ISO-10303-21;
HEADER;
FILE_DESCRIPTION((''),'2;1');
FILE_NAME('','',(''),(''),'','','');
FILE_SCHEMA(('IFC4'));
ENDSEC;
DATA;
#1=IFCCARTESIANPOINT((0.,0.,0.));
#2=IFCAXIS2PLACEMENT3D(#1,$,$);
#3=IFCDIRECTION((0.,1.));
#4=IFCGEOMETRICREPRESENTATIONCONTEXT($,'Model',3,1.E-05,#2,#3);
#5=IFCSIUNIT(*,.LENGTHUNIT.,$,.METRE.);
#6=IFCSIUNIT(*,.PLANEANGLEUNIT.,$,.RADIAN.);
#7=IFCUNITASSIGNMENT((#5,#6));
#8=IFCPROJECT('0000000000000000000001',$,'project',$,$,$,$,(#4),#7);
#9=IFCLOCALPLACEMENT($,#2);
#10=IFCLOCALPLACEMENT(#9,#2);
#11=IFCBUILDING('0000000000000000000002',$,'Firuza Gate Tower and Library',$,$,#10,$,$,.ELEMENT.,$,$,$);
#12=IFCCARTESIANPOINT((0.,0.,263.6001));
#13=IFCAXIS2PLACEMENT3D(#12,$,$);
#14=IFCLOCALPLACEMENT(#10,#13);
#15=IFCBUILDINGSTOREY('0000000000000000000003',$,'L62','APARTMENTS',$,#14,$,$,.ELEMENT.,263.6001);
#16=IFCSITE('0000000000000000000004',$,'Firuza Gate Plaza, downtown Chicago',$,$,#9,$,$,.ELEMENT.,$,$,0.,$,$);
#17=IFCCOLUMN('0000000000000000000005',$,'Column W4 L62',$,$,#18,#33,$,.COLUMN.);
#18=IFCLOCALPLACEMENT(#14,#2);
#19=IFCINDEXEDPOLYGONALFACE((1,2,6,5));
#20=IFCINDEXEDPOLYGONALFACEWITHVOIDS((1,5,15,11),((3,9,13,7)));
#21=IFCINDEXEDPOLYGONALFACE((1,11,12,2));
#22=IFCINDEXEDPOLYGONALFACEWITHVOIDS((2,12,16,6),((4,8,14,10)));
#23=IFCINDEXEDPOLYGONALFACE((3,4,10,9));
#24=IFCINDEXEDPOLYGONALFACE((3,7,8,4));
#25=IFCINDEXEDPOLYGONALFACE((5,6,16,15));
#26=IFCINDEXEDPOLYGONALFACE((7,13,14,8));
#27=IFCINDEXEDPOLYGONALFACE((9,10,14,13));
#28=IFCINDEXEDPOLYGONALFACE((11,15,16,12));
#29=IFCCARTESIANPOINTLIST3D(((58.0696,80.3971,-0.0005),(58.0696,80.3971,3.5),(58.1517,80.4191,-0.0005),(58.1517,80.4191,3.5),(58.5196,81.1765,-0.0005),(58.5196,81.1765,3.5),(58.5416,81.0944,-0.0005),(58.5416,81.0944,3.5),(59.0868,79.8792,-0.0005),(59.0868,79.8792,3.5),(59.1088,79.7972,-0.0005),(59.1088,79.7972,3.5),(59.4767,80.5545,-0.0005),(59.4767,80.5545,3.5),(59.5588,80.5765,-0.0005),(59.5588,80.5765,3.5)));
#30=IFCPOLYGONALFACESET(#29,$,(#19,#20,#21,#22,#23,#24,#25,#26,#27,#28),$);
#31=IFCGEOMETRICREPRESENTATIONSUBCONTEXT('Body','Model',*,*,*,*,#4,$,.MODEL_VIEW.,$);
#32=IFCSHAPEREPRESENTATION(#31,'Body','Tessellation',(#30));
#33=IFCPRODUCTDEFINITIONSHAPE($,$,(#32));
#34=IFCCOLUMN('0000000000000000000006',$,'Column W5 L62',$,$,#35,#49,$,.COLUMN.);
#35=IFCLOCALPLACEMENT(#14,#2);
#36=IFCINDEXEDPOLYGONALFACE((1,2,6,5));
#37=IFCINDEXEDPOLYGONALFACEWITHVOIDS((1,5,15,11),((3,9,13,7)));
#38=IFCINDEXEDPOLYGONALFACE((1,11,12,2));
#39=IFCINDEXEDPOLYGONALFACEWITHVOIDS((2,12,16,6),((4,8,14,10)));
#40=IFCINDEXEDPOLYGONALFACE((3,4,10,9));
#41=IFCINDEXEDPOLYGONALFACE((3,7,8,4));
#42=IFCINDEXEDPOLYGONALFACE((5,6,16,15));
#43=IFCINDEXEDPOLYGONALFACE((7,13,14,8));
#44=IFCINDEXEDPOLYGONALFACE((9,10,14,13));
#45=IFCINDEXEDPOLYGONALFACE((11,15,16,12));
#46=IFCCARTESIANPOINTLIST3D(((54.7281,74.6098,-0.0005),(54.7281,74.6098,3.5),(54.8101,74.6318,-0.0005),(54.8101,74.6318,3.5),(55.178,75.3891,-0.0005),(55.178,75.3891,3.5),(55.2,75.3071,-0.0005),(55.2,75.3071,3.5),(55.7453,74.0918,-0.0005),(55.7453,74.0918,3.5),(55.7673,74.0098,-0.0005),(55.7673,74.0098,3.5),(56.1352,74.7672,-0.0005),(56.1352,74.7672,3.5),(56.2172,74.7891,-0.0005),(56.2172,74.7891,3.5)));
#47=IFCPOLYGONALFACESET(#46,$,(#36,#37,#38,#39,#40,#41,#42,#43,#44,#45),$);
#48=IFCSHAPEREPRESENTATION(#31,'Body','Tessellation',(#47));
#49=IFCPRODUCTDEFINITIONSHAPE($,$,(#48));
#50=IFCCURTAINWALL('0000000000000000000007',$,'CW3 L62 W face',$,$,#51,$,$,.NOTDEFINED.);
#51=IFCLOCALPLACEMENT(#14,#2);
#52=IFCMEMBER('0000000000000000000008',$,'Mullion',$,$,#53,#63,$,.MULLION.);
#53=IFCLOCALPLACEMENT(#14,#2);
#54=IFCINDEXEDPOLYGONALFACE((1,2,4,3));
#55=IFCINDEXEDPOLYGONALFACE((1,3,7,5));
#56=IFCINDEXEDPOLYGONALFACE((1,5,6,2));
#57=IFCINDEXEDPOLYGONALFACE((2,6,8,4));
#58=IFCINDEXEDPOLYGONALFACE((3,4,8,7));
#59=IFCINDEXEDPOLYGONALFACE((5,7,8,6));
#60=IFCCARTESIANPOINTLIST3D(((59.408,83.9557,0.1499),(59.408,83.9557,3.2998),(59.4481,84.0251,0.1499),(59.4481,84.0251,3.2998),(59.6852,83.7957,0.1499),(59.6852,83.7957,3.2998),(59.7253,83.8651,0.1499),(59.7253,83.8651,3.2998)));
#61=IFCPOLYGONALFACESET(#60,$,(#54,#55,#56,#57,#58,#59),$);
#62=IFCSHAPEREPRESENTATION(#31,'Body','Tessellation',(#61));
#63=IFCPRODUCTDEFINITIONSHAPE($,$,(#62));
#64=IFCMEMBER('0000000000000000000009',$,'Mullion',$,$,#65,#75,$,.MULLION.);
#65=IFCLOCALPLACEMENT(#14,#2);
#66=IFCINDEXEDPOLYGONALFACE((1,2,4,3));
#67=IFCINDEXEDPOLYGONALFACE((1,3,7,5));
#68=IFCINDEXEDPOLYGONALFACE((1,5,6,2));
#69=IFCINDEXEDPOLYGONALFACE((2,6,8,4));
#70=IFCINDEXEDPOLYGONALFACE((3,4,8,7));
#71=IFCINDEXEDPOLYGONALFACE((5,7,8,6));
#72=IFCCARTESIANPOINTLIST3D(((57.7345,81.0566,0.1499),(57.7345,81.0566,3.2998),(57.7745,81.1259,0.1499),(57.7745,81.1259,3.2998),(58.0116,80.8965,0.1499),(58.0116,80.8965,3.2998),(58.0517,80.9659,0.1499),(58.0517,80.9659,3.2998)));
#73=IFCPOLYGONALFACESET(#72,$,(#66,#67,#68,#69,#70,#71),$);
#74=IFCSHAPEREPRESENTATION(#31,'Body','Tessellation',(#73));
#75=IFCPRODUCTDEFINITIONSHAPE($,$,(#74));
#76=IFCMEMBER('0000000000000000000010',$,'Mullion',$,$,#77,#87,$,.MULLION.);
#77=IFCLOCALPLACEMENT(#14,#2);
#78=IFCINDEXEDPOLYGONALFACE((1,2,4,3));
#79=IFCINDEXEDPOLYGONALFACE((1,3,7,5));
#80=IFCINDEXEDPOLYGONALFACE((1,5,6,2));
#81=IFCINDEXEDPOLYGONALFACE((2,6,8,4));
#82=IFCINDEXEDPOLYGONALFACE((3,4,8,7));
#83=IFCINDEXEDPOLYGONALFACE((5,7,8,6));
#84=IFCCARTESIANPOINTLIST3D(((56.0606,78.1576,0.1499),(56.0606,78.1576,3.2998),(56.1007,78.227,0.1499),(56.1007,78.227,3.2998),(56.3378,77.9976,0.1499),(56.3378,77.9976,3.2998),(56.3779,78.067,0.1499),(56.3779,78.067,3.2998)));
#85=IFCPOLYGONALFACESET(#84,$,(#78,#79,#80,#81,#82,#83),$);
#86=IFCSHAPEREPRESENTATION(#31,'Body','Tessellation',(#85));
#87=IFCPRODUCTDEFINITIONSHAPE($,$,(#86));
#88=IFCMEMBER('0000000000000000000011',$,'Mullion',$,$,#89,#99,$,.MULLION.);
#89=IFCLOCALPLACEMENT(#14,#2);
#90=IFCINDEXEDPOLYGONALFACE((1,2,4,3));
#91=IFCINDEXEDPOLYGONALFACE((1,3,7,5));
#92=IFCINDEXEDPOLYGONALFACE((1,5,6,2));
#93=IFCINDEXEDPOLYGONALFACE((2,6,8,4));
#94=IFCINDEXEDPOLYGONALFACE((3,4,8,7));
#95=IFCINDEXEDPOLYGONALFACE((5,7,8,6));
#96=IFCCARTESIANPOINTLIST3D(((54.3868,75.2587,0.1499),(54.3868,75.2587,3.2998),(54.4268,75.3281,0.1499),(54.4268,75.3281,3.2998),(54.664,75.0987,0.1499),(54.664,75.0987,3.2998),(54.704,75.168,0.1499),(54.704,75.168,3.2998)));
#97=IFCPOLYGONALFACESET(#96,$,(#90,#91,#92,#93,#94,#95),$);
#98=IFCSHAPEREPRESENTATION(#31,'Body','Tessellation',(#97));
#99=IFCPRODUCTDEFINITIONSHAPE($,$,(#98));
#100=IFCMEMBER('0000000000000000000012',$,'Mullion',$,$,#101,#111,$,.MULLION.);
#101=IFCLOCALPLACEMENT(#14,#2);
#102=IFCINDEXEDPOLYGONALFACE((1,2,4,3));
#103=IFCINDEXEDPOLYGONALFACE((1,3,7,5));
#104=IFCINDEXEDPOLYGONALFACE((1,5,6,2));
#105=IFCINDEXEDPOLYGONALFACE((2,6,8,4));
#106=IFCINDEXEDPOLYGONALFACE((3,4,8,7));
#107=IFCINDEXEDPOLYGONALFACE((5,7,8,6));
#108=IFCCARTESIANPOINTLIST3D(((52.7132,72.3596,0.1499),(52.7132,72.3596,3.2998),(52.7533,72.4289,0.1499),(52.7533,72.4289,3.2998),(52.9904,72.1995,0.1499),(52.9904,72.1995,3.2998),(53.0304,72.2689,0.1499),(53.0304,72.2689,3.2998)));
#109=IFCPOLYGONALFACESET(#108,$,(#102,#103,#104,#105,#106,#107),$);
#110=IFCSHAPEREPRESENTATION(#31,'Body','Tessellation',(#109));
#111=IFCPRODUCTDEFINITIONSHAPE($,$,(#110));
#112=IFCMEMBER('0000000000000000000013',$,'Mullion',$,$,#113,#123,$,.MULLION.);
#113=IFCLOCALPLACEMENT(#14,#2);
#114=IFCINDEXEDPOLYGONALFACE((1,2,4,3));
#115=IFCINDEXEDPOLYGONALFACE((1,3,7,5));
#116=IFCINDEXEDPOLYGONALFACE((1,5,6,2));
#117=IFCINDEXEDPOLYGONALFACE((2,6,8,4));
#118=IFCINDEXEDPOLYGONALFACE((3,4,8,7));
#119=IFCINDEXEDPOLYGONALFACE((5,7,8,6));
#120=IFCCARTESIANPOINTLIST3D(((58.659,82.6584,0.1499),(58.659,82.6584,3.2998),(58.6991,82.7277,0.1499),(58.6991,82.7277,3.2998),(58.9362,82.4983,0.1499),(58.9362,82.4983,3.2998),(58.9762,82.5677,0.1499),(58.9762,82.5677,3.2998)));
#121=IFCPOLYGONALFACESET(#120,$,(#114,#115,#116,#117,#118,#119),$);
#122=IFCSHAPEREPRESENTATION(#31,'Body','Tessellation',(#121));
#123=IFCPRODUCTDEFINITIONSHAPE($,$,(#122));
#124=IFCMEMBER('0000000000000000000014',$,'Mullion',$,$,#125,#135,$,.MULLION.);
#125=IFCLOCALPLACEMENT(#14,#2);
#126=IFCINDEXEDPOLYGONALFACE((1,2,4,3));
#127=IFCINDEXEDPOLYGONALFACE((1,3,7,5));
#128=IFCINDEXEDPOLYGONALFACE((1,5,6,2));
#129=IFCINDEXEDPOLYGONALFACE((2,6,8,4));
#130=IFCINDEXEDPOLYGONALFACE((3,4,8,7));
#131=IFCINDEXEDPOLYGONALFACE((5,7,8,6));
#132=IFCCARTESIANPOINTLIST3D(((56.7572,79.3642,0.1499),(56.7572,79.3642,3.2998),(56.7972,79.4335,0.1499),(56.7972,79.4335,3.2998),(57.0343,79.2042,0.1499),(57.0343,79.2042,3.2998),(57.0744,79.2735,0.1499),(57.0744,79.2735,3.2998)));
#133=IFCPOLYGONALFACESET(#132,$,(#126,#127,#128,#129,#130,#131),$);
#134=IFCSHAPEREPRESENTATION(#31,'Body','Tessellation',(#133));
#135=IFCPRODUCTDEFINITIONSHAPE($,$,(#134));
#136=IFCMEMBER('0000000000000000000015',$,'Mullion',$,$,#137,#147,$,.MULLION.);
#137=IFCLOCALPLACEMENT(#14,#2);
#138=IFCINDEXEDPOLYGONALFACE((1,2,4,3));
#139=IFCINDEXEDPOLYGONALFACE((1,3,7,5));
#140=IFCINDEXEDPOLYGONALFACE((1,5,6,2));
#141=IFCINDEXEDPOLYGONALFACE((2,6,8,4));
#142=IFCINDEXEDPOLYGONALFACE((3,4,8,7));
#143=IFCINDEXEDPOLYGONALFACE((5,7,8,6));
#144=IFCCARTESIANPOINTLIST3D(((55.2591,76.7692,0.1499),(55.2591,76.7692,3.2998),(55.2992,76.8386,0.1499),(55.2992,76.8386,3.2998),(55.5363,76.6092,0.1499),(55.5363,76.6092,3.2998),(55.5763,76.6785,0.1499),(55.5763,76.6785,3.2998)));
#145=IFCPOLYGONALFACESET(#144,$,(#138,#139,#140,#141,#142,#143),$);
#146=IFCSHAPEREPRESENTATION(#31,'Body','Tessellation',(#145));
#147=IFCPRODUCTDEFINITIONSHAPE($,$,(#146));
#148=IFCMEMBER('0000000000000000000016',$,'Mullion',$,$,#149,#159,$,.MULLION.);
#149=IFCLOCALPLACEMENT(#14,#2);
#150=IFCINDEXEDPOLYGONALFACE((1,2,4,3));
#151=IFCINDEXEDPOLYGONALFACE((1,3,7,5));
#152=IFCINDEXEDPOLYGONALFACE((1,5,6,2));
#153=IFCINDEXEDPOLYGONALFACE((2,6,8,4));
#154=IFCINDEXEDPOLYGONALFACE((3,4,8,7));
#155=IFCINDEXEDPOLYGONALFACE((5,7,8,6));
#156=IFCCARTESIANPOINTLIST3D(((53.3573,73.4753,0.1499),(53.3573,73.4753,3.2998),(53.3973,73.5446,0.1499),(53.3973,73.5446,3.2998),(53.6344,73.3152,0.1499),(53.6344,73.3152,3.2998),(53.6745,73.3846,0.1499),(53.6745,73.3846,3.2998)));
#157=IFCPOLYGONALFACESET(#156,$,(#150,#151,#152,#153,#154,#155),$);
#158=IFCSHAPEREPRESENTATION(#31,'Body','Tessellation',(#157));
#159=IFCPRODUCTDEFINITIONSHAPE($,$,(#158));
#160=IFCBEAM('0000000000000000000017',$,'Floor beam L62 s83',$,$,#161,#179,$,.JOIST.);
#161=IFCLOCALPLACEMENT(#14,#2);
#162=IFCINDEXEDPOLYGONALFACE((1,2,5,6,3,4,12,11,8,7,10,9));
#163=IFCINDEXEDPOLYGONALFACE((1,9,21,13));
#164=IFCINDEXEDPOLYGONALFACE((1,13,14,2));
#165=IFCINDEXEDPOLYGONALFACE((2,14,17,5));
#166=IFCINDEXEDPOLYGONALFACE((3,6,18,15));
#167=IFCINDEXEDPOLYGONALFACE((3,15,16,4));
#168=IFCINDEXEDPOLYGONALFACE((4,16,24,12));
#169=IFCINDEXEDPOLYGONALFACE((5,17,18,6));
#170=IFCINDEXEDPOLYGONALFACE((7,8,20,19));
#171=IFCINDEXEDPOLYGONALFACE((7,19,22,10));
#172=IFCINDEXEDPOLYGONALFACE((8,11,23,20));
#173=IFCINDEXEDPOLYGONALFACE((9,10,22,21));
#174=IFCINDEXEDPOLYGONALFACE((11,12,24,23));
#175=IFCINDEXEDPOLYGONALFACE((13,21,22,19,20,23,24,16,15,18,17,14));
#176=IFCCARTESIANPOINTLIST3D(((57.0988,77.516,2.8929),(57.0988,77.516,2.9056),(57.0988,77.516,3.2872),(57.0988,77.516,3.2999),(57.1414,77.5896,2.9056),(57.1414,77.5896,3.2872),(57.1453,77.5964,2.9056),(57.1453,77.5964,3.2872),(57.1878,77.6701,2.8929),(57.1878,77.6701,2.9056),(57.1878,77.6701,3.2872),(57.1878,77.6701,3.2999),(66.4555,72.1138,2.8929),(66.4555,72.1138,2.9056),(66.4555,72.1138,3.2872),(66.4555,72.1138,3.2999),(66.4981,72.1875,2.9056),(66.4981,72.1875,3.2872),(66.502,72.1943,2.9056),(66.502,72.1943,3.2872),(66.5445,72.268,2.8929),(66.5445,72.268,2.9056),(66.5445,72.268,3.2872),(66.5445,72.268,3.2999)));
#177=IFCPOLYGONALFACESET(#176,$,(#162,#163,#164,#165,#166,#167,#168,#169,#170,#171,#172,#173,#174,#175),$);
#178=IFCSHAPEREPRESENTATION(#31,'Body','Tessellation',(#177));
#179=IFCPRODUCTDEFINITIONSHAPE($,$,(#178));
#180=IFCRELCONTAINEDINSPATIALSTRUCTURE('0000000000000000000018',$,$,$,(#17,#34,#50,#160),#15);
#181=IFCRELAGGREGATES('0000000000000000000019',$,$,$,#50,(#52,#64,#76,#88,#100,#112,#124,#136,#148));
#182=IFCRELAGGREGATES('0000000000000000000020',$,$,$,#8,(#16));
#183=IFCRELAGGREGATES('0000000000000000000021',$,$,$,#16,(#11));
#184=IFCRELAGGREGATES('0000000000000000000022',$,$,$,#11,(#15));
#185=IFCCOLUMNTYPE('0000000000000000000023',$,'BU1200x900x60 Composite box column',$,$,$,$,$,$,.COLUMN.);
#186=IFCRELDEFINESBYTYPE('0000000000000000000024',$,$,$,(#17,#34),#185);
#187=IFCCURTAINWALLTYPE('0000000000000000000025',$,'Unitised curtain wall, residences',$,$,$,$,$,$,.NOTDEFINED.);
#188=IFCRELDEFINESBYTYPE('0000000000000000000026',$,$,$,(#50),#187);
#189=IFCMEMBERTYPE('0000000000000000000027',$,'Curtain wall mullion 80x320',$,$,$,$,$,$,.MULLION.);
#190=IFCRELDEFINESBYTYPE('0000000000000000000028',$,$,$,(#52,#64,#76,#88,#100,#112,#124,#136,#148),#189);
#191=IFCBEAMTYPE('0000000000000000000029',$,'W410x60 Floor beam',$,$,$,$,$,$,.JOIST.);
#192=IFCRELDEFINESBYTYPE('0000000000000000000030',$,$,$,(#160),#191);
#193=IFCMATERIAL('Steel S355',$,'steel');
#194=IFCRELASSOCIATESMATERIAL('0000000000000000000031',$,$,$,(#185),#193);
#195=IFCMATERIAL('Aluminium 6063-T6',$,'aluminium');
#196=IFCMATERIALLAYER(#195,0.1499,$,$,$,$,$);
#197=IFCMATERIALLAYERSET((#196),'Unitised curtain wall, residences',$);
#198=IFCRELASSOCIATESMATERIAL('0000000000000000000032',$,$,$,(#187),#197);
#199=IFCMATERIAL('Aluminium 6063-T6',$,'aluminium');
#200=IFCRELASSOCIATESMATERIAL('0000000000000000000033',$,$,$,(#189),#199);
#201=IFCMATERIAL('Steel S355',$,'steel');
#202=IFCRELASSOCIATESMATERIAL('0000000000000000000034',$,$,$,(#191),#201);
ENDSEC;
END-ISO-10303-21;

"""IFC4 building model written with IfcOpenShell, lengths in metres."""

from ifc_helpers import new_model, si_unit, direction, frame, origin, origin_2d, place, context, subcontext, project, spatial, rectangle, hollow_rectangle, i_section, extrude, material, layer, layer_set, material_profile, profile_set, type_object, element, aggregate, save


model = new_model("IFC4")

# Units and contexts
model_context = context("Model", 3, precision=1e-05, world=origin(), true_north=direction((0.0, 1.0)))
body_context = subcontext(model_context, "Body", "Model", "MODEL_VIEW")
ifc_project = project(units=[si_unit("LENGTHUNIT", "METRE"), si_unit("PLANEANGLEUNIT", "RADIAN")], contexts=[model_context])

# Site, building, storey
site_placement = place(None, origin())
site = spatial("IfcSite", under=ifc_project, at=site_placement, Name="Firuza Gate Plaza, downtown Chicago", CompositionType="ELEMENT", RefElevation=0.0)
building_placement = place(site_placement, origin())
building = spatial("IfcBuilding", under=site, at=building_placement, Name="Firuza Gate Tower and Library", CompositionType="ELEMENT")
storey_placement = place(building_placement, frame((0.0, 0.0, 263.6001)))
storey = spatial("IfcBuildingStorey", under=building, at=storey_placement, Name="L62", Description="APARTMENTS", CompositionType="ELEMENT", Elevation=263.6001)

# Columns
ifc_material_1 = material(Name="Steel S355", Category="steel")
ifc_material_profile_1 = material_profile(ifc_material_1, hollow_rectangle(XDim=0.8999, YDim=1.2, WallThickness=0.0601, at=origin_2d()))
ifc_profile_set_1 = profile_set([ifc_material_profile_1], Name="Steel S355")
column_type = type_object("IfcColumnType", Name="BU1200x900x60 Composite box column", PredefinedType="COLUMN", material=ifc_profile_set_1)
for number, where, z_axis, x_axis, name in (
    (1, (58.8142, 80.4868, -0.0005), (0.0, 0.0, 1.0), (-0.5, -0.866025, 0.0), "Column W4 L62"),
    (2, (55.4727, 74.6995, -0.0005), (0.0, 0.0, 1.0), (-0.5, -0.866025, 0.0), "Column W5 L62"),
):
    element("IfcColumn", number, at=place(storey_placement, frame(where, z_axis=z_axis, x_axis=x_axis)), inside=storey, type_object=column_type, Name=name, PredefinedType="COLUMN", context=body_context, shape_type="SweptSolid", body=[
        extrude(hollow_rectangle(XDim=0.8999, YDim=1.2, WallThickness=0.0601, at=origin_2d()), origin(), (0.0, 0.0, 1.0), 3.5005),
    ])

# Curtain wall, members
ifc_material_2 = material(Name="Aluminium 6063-T6", Category="aluminium")
ifc_layer_1 = layer(ifc_material_2, 0.1499)
ifc_layer_set_1 = layer_set([ifc_layer_1], Name="Unitised curtain wall, residences")
curtain_wall_type = type_object("IfcCurtainWallType", Name="Unitised curtain wall, residences", PredefinedType="NOTDEFINED", material=ifc_layer_set_1)
curtain_wall_placement = place(storey_placement, origin())
curtain_wall = element("IfcCurtainWall", 3, at=curtain_wall_placement, inside=storey, type_object=curtain_wall_type, Name="CW3 L62 W face", PredefinedType="NOTDEFINED")
ifc_material_3 = material(Name="Aluminium 6063-T6", Category="aluminium")
ifc_material_profile_2 = material_profile(ifc_material_3, rectangle(XDim=0.3201, YDim=0.0801, at=origin_2d()))
ifc_profile_set_2 = profile_set([ifc_material_profile_2], Name="Aluminium 6063-T6")
member_type = type_object("IfcMemberType", Name="Curtain wall mullion 80x320", PredefinedType="MULLION", material=ifc_profile_set_2)
member_1_placement = place(storey_placement, frame((59.5667, 83.9104, 0.1499), z_axis=(0.0, 0.0, 1.0), x_axis=(0.866025, -0.5, 0.0)))
member_1 = element("IfcMember", 4, at=member_1_placement, type_object=member_type, Name="Mullion", PredefinedType="MULLION", context=body_context, shape_type="SweptSolid", body=[
    extrude(rectangle(XDim=0.3201, YDim=0.0801, at=origin_2d()), origin(), (0.0, 0.0, 1.0), 3.1499),
])
member_2_placement = place(storey_placement, frame((57.8931, 81.0112, 0.1499), z_axis=(0.0, 0.0, 1.0), x_axis=(0.866025, -0.5, 0.0)))
member_2 = element("IfcMember", 5, at=member_2_placement, type_object=member_type, Name="Mullion", PredefinedType="MULLION", context=body_context, shape_type="SweptSolid", body=[
    extrude(rectangle(XDim=0.3201, YDim=0.0801, at=origin_2d()), origin(), (0.0, 0.0, 1.0), 3.1499),
])
member_3_placement = place(storey_placement, frame((56.2192, 78.1123, 0.1499), z_axis=(0.0, 0.0, 1.0), x_axis=(0.866025, -0.5, 0.0)))
member_3 = element("IfcMember", 6, at=member_3_placement, type_object=member_type, Name="Mullion", PredefinedType="MULLION", context=body_context, shape_type="SweptSolid", body=[
    extrude(rectangle(XDim=0.3201, YDim=0.0801, at=origin_2d()), origin(), (0.0, 0.0, 1.0), 3.1499),
])
member_4_placement = place(storey_placement, frame((54.5454, 75.2134, 0.1499), z_axis=(0.0, 0.0, 1.0), x_axis=(0.866025, -0.5, 0.0)))
member_4 = element("IfcMember", 7, at=member_4_placement, type_object=member_type, Name="Mullion", PredefinedType="MULLION", context=body_context, shape_type="SweptSolid", body=[
    extrude(rectangle(XDim=0.3201, YDim=0.0801, at=origin_2d()), origin(), (0.0, 0.0, 1.0), 3.1499),
])
member_5_placement = place(storey_placement, frame((52.8718, 72.3142, 0.1499), z_axis=(0.0, 0.0, 1.0), x_axis=(0.866025, -0.5, 0.0)))
member_5 = element("IfcMember", 8, at=member_5_placement, type_object=member_type, Name="Mullion", PredefinedType="MULLION", context=body_context, shape_type="SweptSolid", body=[
    extrude(rectangle(XDim=0.3201, YDim=0.0801, at=origin_2d()), origin(), (0.0, 0.0, 1.0), 3.1499),
])
member_6_placement = place(storey_placement, frame((58.8176, 82.613, 0.1499), z_axis=(0.0, 0.0, 1.0), x_axis=(0.866025, -0.5, 0.0)))
member_6 = element("IfcMember", 9, at=member_6_placement, type_object=member_type, Name="Mullion", PredefinedType="MULLION", context=body_context, shape_type="SweptSolid", body=[
    extrude(rectangle(XDim=0.3201, YDim=0.0801, at=origin_2d()), origin(), (0.0, 0.0, 1.0), 3.1499),
])
member_7_placement = place(storey_placement, frame((56.9158, 79.3188, 0.1499), z_axis=(0.0, 0.0, 1.0), x_axis=(0.866025, -0.5, 0.0)))
member_7 = element("IfcMember", 10, at=member_7_placement, type_object=member_type, Name="Mullion", PredefinedType="MULLION", context=body_context, shape_type="SweptSolid", body=[
    extrude(rectangle(XDim=0.3201, YDim=0.0801, at=origin_2d()), origin(), (0.0, 0.0, 1.0), 3.1499),
])
member_8_placement = place(storey_placement, frame((55.4177, 76.7239, 0.1499), z_axis=(0.0, 0.0, 1.0), x_axis=(0.866025, -0.5, 0.0)))
member_8 = element("IfcMember", 11, at=member_8_placement, type_object=member_type, Name="Mullion", PredefinedType="MULLION", context=body_context, shape_type="SweptSolid", body=[
    extrude(rectangle(XDim=0.3201, YDim=0.0801, at=origin_2d()), origin(), (0.0, 0.0, 1.0), 3.1499),
])
member_9_placement = place(storey_placement, frame((53.5159, 73.4299, 0.1499), z_axis=(0.0, 0.0, 1.0), x_axis=(0.866025, -0.5, 0.0)))
member_9 = element("IfcMember", 12, at=member_9_placement, type_object=member_type, Name="Mullion", PredefinedType="MULLION", context=body_context, shape_type="SweptSolid", body=[
    extrude(rectangle(XDim=0.3201, YDim=0.0801, at=origin_2d()), origin(), (0.0, 0.0, 1.0), 3.1499),
])

# Beam
ifc_material_4 = material(Name="Steel S355", Category="steel")
ifc_material_profile_3 = material_profile(ifc_material_4, i_section(OverallWidth=0.178, OverallDepth=0.407, WebThickness=0.0078, FlangeThickness=0.0127, at=origin_2d()))
ifc_profile_set_3 = profile_set([ifc_material_profile_3], Name="Steel S355")
beam_type_1 = type_object("IfcBeamType", Name="W410x60 Floor beam", PredefinedType="JOIST", material=ifc_profile_set_3)
beam_1_placement = place(storey_placement, frame((57.1433, 77.593, 3.0964), z_axis=(0.866025, -0.500001, 0.0), x_axis=(0.500001, 0.866025, 0.0)))
element("IfcBeam", 13, at=beam_1_placement, inside=storey, type_object=beam_type_1, Name="Floor beam L62 s83", PredefinedType="JOIST", context=body_context, shape_type="SweptSolid", body=[
    extrude(i_section(OverallWidth=0.178, OverallDepth=0.407, WebThickness=0.0078, FlangeThickness=0.0127, at=origin_2d()), origin(), (0.0, 0.0, 1.0), 10.8042),
])

aggregate(curtain_wall, [member_1, member_2, member_3, member_4, member_5, member_6, member_7, member_8, member_9])

save(model, "model.ifc")
